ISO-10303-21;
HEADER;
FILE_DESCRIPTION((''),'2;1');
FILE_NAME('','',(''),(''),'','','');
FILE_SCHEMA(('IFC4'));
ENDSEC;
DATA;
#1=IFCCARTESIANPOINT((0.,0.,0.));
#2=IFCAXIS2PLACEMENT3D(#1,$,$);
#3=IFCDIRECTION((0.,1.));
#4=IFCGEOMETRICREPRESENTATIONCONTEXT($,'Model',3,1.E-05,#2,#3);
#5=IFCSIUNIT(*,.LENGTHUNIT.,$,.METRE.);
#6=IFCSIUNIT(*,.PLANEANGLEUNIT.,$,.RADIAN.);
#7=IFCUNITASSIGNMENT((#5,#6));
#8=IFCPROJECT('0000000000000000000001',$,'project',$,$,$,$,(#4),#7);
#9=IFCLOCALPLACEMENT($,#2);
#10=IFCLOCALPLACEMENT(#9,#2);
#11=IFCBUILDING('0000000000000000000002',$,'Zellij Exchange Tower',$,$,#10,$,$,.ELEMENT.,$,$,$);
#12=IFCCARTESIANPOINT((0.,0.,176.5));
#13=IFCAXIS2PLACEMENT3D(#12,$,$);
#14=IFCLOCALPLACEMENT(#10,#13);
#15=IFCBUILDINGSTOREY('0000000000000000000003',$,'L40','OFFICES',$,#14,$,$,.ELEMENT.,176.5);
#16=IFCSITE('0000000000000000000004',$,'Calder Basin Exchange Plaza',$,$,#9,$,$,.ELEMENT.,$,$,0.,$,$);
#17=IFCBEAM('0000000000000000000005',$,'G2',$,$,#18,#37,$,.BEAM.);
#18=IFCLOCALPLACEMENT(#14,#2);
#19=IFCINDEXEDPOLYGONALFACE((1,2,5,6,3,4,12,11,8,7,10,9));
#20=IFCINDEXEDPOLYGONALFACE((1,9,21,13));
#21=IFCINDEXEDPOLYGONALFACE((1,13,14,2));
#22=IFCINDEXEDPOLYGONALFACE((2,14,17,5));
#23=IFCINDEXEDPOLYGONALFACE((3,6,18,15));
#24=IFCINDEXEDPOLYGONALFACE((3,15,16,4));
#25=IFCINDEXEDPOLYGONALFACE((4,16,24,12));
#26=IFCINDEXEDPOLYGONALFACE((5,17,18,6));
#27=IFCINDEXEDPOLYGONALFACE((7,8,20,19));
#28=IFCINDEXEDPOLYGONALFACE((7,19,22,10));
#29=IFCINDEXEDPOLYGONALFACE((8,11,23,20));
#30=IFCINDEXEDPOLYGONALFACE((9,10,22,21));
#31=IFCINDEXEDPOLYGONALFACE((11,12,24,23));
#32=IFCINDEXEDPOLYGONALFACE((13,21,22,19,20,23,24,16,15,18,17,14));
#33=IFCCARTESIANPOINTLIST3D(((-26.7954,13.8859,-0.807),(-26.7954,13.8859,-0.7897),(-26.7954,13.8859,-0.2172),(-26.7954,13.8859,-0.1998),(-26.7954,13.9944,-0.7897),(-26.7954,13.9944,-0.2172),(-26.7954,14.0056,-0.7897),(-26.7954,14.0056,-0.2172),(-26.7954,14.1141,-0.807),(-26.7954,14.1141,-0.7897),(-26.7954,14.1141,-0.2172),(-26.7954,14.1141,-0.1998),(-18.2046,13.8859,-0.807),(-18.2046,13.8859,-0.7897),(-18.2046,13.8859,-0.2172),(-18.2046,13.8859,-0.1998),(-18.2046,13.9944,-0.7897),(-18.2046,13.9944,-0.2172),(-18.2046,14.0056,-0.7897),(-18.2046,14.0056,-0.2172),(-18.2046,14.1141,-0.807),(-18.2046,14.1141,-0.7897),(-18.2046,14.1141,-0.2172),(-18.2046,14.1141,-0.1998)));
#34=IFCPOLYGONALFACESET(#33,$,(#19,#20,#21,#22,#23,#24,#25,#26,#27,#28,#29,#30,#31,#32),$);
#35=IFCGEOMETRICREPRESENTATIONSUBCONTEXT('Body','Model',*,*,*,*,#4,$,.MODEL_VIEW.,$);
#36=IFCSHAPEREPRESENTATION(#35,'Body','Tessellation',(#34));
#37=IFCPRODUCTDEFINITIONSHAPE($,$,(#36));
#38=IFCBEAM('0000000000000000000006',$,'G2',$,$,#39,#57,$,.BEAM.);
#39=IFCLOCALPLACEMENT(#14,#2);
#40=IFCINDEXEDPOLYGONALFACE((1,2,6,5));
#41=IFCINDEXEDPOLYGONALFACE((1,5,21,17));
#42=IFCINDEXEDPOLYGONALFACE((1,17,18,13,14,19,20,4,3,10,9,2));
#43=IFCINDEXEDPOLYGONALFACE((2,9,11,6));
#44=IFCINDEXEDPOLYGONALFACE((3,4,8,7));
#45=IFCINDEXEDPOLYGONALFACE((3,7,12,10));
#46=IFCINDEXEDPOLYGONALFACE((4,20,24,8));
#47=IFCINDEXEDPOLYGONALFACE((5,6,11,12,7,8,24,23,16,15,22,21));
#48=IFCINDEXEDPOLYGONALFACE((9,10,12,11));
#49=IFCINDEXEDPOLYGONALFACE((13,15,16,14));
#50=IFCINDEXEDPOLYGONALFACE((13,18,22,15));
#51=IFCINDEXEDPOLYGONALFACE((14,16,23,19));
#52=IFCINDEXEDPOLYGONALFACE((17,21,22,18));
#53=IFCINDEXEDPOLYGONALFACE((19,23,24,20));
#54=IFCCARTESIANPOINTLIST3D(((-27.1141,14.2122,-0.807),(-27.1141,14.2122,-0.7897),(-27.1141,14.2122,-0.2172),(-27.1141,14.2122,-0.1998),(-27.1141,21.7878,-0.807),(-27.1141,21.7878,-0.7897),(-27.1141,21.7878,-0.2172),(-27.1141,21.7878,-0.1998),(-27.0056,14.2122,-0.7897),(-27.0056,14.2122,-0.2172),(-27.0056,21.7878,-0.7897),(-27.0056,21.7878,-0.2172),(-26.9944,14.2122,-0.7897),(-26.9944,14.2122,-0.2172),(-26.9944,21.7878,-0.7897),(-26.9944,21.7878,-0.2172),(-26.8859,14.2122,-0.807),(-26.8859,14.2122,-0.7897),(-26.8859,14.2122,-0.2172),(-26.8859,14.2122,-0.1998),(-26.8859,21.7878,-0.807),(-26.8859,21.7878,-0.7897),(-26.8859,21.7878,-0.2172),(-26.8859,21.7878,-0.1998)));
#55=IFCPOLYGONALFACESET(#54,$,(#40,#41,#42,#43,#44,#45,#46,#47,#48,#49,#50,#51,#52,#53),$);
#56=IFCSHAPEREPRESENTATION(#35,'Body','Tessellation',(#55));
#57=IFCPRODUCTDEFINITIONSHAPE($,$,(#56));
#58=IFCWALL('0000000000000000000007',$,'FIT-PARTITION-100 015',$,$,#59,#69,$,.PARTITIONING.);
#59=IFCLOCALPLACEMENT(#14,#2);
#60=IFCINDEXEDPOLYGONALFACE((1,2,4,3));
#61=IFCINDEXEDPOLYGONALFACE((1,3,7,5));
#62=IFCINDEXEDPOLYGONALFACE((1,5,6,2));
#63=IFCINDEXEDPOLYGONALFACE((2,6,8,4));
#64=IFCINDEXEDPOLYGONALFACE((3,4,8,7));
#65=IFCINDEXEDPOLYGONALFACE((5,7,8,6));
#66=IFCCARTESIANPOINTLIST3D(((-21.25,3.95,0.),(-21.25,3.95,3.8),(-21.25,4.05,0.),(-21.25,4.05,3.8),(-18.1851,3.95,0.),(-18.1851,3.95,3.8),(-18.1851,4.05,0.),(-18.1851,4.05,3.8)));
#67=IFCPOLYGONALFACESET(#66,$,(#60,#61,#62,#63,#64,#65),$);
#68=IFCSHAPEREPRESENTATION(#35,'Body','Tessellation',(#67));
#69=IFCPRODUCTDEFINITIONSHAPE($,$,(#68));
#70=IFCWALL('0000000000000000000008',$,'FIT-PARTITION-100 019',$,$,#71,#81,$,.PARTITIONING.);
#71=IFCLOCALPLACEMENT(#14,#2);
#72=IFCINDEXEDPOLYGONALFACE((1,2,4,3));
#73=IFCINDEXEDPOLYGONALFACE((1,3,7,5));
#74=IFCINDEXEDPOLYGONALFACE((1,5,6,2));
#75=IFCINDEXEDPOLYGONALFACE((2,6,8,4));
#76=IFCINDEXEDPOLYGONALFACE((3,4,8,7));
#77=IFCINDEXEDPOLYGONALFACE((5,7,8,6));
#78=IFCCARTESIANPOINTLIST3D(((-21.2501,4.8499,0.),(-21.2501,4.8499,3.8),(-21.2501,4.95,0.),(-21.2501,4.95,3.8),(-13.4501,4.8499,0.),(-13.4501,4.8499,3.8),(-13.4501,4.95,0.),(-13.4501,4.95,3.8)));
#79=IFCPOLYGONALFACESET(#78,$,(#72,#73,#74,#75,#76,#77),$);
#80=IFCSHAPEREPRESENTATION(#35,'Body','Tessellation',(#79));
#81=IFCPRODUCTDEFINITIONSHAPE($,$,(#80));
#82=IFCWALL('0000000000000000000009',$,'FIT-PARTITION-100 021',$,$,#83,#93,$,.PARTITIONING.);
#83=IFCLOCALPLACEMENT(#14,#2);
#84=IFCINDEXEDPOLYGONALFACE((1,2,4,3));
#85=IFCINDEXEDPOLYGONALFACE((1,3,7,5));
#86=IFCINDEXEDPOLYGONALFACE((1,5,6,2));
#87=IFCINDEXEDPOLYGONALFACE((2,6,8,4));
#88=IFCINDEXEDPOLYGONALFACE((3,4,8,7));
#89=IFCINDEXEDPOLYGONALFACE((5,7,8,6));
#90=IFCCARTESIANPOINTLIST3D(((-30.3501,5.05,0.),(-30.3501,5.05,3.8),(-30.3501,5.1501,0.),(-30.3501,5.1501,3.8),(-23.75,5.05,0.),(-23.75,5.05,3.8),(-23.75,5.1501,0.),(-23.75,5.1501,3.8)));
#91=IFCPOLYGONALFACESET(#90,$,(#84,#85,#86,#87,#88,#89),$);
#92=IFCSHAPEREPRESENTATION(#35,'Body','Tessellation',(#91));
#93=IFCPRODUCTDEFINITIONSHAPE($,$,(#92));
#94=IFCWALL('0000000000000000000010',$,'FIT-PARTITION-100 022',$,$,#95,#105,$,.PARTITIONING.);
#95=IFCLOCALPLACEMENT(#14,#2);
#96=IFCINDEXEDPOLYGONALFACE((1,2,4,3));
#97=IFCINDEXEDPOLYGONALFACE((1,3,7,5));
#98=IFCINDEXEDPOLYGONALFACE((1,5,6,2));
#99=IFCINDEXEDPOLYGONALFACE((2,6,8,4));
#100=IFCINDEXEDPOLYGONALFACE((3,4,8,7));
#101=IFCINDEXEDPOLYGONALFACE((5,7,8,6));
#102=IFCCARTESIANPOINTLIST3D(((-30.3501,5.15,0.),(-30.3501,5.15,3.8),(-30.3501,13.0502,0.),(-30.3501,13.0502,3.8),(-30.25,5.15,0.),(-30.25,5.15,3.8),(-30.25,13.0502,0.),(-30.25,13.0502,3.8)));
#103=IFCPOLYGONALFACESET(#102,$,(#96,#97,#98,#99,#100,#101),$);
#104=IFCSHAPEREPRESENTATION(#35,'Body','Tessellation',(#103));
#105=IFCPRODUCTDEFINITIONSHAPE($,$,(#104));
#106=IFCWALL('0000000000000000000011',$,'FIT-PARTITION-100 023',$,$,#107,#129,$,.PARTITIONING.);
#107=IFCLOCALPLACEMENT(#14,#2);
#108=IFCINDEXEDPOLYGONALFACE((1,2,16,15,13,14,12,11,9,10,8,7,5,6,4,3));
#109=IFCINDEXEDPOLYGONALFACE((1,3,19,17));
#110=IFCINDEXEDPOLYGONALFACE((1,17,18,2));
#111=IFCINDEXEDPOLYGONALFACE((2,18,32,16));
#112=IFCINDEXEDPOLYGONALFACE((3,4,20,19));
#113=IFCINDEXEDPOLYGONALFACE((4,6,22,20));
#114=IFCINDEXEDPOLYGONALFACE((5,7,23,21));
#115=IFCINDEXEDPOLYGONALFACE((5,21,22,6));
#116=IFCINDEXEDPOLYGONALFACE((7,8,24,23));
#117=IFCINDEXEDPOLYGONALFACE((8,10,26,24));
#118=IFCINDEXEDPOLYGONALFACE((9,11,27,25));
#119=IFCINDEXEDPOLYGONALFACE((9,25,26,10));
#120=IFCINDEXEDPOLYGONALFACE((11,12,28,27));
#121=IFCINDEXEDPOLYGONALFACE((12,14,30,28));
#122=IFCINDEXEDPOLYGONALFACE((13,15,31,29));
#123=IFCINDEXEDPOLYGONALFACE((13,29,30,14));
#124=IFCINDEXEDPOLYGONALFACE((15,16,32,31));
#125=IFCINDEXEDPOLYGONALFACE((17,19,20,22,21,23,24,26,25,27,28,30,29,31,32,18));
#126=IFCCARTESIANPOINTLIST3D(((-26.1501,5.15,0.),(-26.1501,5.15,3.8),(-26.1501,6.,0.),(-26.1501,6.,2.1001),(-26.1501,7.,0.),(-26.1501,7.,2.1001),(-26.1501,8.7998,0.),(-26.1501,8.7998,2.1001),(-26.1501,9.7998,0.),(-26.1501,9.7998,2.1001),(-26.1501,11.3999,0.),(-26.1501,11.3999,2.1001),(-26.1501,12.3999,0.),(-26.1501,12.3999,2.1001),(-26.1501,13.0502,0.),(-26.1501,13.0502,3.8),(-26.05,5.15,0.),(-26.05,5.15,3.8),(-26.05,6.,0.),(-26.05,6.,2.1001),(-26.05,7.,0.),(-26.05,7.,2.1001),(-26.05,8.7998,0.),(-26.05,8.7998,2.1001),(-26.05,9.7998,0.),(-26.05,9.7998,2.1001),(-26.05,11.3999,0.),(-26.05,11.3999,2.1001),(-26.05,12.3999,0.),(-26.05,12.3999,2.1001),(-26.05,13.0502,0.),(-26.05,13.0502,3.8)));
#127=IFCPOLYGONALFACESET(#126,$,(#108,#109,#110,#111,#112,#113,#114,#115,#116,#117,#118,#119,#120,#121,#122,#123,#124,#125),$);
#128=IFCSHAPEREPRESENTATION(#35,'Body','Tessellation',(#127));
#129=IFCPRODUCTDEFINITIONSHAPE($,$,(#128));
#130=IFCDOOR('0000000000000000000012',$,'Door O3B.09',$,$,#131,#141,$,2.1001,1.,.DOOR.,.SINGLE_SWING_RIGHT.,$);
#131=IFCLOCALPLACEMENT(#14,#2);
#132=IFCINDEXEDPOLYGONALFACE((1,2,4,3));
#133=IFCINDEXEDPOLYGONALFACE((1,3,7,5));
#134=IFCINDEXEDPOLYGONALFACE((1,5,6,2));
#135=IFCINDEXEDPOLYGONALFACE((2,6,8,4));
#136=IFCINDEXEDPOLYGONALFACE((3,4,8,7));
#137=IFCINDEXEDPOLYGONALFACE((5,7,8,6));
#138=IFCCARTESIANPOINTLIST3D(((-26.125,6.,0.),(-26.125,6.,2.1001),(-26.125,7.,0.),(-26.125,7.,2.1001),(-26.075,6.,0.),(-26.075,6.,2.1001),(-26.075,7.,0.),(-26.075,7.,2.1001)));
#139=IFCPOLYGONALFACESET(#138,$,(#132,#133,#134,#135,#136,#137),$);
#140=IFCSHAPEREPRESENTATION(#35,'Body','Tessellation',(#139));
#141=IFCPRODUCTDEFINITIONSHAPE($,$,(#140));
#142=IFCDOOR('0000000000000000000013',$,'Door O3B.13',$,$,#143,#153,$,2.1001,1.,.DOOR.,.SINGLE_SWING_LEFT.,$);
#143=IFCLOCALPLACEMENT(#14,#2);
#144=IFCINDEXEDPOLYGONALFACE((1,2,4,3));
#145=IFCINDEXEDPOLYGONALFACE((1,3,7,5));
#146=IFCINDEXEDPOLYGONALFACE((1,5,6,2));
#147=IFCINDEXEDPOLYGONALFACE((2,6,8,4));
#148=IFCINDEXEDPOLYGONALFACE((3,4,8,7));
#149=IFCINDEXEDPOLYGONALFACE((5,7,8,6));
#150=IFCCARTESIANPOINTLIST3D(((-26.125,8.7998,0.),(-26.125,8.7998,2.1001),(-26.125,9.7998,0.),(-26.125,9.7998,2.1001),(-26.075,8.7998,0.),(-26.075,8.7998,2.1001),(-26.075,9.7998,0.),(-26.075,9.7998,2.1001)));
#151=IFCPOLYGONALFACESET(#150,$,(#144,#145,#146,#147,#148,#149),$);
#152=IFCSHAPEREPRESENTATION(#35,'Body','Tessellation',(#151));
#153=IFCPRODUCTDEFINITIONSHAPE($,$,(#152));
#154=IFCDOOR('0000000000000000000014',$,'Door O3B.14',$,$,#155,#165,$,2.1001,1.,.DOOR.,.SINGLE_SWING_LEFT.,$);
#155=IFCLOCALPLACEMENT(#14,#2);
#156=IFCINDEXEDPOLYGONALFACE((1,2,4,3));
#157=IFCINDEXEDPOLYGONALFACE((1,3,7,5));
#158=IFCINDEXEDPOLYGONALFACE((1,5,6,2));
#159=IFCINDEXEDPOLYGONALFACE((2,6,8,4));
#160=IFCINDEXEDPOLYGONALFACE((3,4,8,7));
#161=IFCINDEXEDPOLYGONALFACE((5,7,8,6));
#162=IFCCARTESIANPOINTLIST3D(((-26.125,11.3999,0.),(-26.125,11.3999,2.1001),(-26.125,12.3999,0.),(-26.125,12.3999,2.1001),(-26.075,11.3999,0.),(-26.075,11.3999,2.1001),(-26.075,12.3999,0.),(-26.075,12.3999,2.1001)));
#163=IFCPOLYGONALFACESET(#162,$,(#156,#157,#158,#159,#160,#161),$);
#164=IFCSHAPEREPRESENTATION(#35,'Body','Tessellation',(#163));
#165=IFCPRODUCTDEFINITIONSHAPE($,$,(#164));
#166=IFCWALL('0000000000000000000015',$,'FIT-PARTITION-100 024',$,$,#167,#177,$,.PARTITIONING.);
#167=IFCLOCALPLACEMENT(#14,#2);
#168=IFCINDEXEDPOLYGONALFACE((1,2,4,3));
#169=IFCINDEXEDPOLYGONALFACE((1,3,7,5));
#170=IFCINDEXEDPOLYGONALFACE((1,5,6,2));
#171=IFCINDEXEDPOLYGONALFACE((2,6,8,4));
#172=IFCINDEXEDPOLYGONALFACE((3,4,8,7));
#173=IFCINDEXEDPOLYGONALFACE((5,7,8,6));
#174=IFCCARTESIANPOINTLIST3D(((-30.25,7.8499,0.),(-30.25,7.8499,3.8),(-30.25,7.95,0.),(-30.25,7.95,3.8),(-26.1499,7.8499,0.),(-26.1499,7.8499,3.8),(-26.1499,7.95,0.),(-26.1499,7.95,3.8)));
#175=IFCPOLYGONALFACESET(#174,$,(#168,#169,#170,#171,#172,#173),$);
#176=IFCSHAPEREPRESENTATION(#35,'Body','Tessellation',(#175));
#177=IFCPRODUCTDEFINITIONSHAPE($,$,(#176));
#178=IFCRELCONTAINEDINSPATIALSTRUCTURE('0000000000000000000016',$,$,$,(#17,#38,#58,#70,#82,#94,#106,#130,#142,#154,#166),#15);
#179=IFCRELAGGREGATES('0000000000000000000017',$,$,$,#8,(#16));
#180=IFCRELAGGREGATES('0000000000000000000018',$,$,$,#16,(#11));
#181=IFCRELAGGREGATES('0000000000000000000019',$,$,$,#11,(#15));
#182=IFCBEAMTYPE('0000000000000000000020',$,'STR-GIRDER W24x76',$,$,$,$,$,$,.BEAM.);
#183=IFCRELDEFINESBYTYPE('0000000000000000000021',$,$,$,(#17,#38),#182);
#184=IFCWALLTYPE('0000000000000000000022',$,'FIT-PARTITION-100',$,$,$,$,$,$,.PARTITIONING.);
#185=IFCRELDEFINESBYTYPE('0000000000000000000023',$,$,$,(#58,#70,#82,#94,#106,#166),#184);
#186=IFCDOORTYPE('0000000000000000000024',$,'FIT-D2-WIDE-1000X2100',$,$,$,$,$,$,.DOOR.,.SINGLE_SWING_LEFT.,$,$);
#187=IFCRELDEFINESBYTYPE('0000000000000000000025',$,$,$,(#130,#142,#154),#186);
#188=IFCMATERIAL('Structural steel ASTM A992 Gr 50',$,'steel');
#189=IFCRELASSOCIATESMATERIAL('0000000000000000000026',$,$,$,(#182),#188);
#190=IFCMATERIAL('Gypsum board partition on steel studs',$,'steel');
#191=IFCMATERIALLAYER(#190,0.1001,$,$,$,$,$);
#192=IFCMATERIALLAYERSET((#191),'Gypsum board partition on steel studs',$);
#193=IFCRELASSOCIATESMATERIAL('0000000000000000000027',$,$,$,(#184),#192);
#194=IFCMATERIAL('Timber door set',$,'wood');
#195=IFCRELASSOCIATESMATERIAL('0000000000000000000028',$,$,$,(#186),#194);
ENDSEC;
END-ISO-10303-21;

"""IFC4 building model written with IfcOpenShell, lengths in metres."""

from ifc_helpers import new_model, si_unit, direction, frame, frame_2d, origin, origin_2d, place, context, subcontext, project, spatial, rectangle, i_section, extrude, material, layer, layer_set, material_profile, profile_set, type_object, element, fill, save


model = new_model("IFC4")

# Units and contexts
model_context = context("Model", 3, precision=1e-05, world=origin(), true_north=direction((0.0, 1.0)))
body_context = subcontext(model_context, "Body", "Model", "MODEL_VIEW")
ifc_project = project(units=[si_unit("LENGTHUNIT", "METRE"), si_unit("PLANEANGLEUNIT", "RADIAN")], contexts=[model_context])

# Site, building, storey
site_placement = place(None, origin())
site = spatial("IfcSite", under=ifc_project, at=site_placement, Name="Calder Basin Exchange Plaza", CompositionType="ELEMENT", RefElevation=0.0)
building_placement = place(site_placement, origin())
building = spatial("IfcBuilding", under=site, at=building_placement, Name="Zellij Exchange Tower", CompositionType="ELEMENT")
storey_placement = place(building_placement, frame((0.0, 0.0, 176.5)))
storey = spatial("IfcBuildingStorey", under=building, at=storey_placement, Name="L40", Description="OFFICES", CompositionType="ELEMENT", Elevation=176.5)

# Beams
ifc_material_1 = material(Name="Structural steel ASTM A992 Gr 50", Category="steel")
ifc_material_profile_1 = material_profile(ifc_material_1, i_section(OverallWidth=0.2283, OverallDepth=0.6072, WebThickness=0.0112, FlangeThickness=0.0173, at=origin_2d()), Name="W24x76")
ifc_profile_set_1 = profile_set([ifc_material_profile_1], Name="Structural steel ASTM A992 Gr 50")
beam_type_1 = type_object("IfcBeamType", Name="STR-GIRDER W24x76", PredefinedType="BEAM", material=ifc_profile_set_1)
beam_1_placement = place(storey_placement, frame((-26.7954, 14.0, -0.5034), z_axis=(1.0, 0.0, 0.0), x_axis=(0.0, 1.0, 0.0)))
element("IfcBeam", 1, at=beam_1_placement, inside=storey, type_object=beam_type_1, Name="G2", PredefinedType="BEAM", context=body_context, shape_type="SweptSolid", body=[
    extrude(i_section(OverallWidth=0.2283, OverallDepth=0.6072, WebThickness=0.0112, FlangeThickness=0.0173, at=origin_2d()), origin(), (0.0, 0.0, 1.0), 8.5908),
])
beam_2_placement = place(storey_placement, frame((-27.0, 14.2122, -0.5034), z_axis=(0.0, 1.0, 0.0), x_axis=(-1.0, 0.0, 0.0)))
element("IfcBeam", 2, at=beam_2_placement, inside=storey, type_object=beam_type_1, Name="G2", PredefinedType="BEAM", context=body_context, shape_type="SweptSolid", body=[
    extrude(i_section(OverallWidth=0.2283, OverallDepth=0.6072, WebThickness=0.0112, FlangeThickness=0.0173, at=origin_2d()), origin(), (0.0, 0.0, 1.0), 7.5757),
])

# Walls
ifc_material_2 = material(Name="Gypsum board partition on steel studs", Category="steel")
ifc_layer_1 = layer(ifc_material_2, 0.1001)
ifc_layer_set_1 = layer_set([ifc_layer_1], Name="Gypsum board partition on steel studs")
wall_type_1 = type_object("IfcWallType", Name="FIT-PARTITION-100", PredefinedType="PARTITIONING", material=ifc_layer_set_1)
wall_1_placement = place(storey_placement, frame((-21.25, 4.0, 0.0), z_axis=(0.0, 0.0, 1.0), x_axis=(1.0, 0.0, 0.0)))
element("IfcWall", 3, at=wall_1_placement, inside=storey, type_object=wall_type_1, Name="FIT-PARTITION-100 015", PredefinedType="PARTITIONING", context=body_context, shape_type="SweptSolid", body=[
    extrude(rectangle(XDim=3.0649, YDim=0.1001, at=frame_2d((1.5325, 0.0))), origin(), (0.0, 0.0, 1.0), 3.8),
])
wall_2_placement = place(storey_placement, frame((-21.25, 4.8999, 0.0), z_axis=(0.0, 0.0, 1.0), x_axis=(1.0, 0.0, 0.0)))
element("IfcWall", 4, at=wall_2_placement, inside=storey, type_object=wall_type_1, Name="FIT-PARTITION-100 019", PredefinedType="PARTITIONING", context=body_context, shape_type="SweptSolid", body=[
    extrude(rectangle(XDim=7.8, YDim=0.1001, at=frame_2d((3.8999, 0.0))), origin(), (0.0, 0.0, 1.0), 3.8),
])
wall_3_placement = place(storey_placement, frame((-30.3501, 5.1001, 0.0), z_axis=(0.0, 0.0, 1.0), x_axis=(1.0, 0.0, 0.0)))
element("IfcWall", 5, at=wall_3_placement, inside=storey, type_object=wall_type_1, Name="FIT-PARTITION-100 021", PredefinedType="PARTITIONING", context=body_context, shape_type="SweptSolid", body=[
    extrude(rectangle(XDim=6.6001, YDim=0.1001, at=frame_2d((3.3, 0.0))), origin(), (0.0, 0.0, 1.0), 3.8),
])
wall_4_placement = place(storey_placement, frame((-30.3, 5.1499, 0.0), z_axis=(0.0, 0.0, 1.0), x_axis=(0.0, 1.0, 0.0)))
element("IfcWall", 6, at=wall_4_placement, inside=storey, type_object=wall_type_1, Name="FIT-PARTITION-100 022", PredefinedType="PARTITIONING", context=body_context, shape_type="SweptSolid", body=[
    extrude(rectangle(XDim=7.9001, YDim=0.1001, at=frame_2d((3.9502, 0.0))), origin(), (0.0, 0.0, 1.0), 3.8),
])

# Wall, openings, doors
wall_5_placement = place(storey_placement, frame((-26.1001, 5.1499, 0.0), z_axis=(0.0, 0.0, 1.0), x_axis=(0.0, 1.0, 0.0)))
wall_5 = element("IfcWall", 7, at=wall_5_placement, inside=storey, type_object=wall_type_1, Name="FIT-PARTITION-100 023", PredefinedType="PARTITIONING", context=body_context, shape_type="SweptSolid", body=[
    extrude(rectangle(XDim=7.9001, YDim=0.1001, at=frame_2d((3.9502, 0.0))), origin(), (0.0, 0.0, 1.0), 3.8),
])
opening_1_placement = place(wall_5_placement, frame((0.8501, 0.0, 0.0)))
opening_1 = element("IfcOpeningElement", 8, at=opening_1_placement, cuts=wall_5, PredefinedType="OPENING", context=body_context, shape_type="SweptSolid", body=[
    extrude(rectangle(XDim=1.0, YDim=2.1001, at=frame_2d((0.5, 1.05))), frame((0.0, 0.062, 0.0), z_axis=(0.0, -1.0, 0.0), x_axis=(1.0, 0.0, 0.0)), (0.0, 0.0, 1.0), 0.124),
])
opening_2_placement = place(wall_5_placement, frame((3.6499, 0.0, 0.0)))
opening_2 = element("IfcOpeningElement", 9, at=opening_2_placement, cuts=wall_5, PredefinedType="OPENING", context=body_context, shape_type="SweptSolid", body=[
    extrude(rectangle(XDim=1.0, YDim=2.1001, at=frame_2d((0.5, 1.05))), frame((0.0, 0.062, 0.0), z_axis=(0.0, -1.0, 0.0), x_axis=(1.0, 0.0, 0.0)), (0.0, 0.0, 1.0), 0.124),
])
opening_3_placement = place(wall_5_placement, frame((6.25, 0.0, 0.0)))
opening_3 = element("IfcOpeningElement", 10, at=opening_3_placement, cuts=wall_5, PredefinedType="OPENING", context=body_context, shape_type="SweptSolid", body=[
    extrude(rectangle(XDim=1.0, YDim=2.1001, at=frame_2d((0.5, 1.05))), frame((0.0, 0.062, 0.0), z_axis=(0.0, -1.0, 0.0), x_axis=(1.0, 0.0, 0.0)), (0.0, 0.0, 1.0), 0.124),
])
ifc_material_3 = material(Name="Timber door set", Category="wood")
door_type = type_object("IfcDoorType", Name="FIT-D2-WIDE-1000X2100", OperationType="SINGLE_SWING_LEFT", PredefinedType="DOOR", material=ifc_material_3)
door_1_placement = place(opening_1_placement, origin())
door_1 = element("IfcDoor", 11, at=door_1_placement, inside=storey, type_object=door_type, Name="Door O3B.09", OperationType="SINGLE_SWING_RIGHT", OverallHeight=2.1001, OverallWidth=1.0, PredefinedType="DOOR", context=body_context, shape_type="SweptSolid", body=[
    extrude(rectangle(XDim=1.0, YDim=2.1001, at=frame_2d((0.5, 1.05))), frame((0.0, 0.0249, 0.0), z_axis=(0.0, -1.0, 0.0), x_axis=(1.0, 0.0, 0.0)), (0.0, 0.0, 1.0), 0.05),
])
fill(opening_1, door_1)
door_2_placement = place(opening_2_placement, origin())
door_2 = element("IfcDoor", 12, at=door_2_placement, inside=storey, type_object=door_type, Name="Door O3B.13", OperationType="SINGLE_SWING_LEFT", OverallHeight=2.1001, OverallWidth=1.0, PredefinedType="DOOR", context=body_context, shape_type="SweptSolid", body=[
    extrude(rectangle(XDim=1.0, YDim=2.1001, at=frame_2d((0.5, 1.05))), frame((0.0, 0.0249, 0.0), z_axis=(0.0, -1.0, 0.0), x_axis=(1.0, 0.0, 0.0)), (0.0, 0.0, 1.0), 0.05),
])
fill(opening_2, door_2)
door_3_placement = place(opening_3_placement, origin())
door_3 = element("IfcDoor", 13, at=door_3_placement, inside=storey, type_object=door_type, Name="Door O3B.14", OperationType="SINGLE_SWING_LEFT", OverallHeight=2.1001, OverallWidth=1.0, PredefinedType="DOOR", context=body_context, shape_type="SweptSolid", body=[
    extrude(rectangle(XDim=1.0, YDim=2.1001, at=frame_2d((0.5, 1.05))), frame((0.0, 0.0249, 0.0), z_axis=(0.0, -1.0, 0.0), x_axis=(1.0, 0.0, 0.0)), (0.0, 0.0, 1.0), 0.05),
])
fill(opening_3, door_3)

# Wall
wall_6_placement = place(storey_placement, frame((-30.25, 7.8999, 0.0), z_axis=(0.0, 0.0, 1.0), x_axis=(1.0, 0.0, 0.0)))
element("IfcWall", 14, at=wall_6_placement, inside=storey, type_object=wall_type_1, Name="FIT-PARTITION-100 024", PredefinedType="PARTITIONING", context=body_context, shape_type="SweptSolid", body=[
    extrude(rectangle(XDim=4.1001, YDim=0.1001, at=frame_2d((2.05, 0.0))), origin(), (0.0, 0.0, 1.0), 3.8),
])

save(model, "model.ifc")
